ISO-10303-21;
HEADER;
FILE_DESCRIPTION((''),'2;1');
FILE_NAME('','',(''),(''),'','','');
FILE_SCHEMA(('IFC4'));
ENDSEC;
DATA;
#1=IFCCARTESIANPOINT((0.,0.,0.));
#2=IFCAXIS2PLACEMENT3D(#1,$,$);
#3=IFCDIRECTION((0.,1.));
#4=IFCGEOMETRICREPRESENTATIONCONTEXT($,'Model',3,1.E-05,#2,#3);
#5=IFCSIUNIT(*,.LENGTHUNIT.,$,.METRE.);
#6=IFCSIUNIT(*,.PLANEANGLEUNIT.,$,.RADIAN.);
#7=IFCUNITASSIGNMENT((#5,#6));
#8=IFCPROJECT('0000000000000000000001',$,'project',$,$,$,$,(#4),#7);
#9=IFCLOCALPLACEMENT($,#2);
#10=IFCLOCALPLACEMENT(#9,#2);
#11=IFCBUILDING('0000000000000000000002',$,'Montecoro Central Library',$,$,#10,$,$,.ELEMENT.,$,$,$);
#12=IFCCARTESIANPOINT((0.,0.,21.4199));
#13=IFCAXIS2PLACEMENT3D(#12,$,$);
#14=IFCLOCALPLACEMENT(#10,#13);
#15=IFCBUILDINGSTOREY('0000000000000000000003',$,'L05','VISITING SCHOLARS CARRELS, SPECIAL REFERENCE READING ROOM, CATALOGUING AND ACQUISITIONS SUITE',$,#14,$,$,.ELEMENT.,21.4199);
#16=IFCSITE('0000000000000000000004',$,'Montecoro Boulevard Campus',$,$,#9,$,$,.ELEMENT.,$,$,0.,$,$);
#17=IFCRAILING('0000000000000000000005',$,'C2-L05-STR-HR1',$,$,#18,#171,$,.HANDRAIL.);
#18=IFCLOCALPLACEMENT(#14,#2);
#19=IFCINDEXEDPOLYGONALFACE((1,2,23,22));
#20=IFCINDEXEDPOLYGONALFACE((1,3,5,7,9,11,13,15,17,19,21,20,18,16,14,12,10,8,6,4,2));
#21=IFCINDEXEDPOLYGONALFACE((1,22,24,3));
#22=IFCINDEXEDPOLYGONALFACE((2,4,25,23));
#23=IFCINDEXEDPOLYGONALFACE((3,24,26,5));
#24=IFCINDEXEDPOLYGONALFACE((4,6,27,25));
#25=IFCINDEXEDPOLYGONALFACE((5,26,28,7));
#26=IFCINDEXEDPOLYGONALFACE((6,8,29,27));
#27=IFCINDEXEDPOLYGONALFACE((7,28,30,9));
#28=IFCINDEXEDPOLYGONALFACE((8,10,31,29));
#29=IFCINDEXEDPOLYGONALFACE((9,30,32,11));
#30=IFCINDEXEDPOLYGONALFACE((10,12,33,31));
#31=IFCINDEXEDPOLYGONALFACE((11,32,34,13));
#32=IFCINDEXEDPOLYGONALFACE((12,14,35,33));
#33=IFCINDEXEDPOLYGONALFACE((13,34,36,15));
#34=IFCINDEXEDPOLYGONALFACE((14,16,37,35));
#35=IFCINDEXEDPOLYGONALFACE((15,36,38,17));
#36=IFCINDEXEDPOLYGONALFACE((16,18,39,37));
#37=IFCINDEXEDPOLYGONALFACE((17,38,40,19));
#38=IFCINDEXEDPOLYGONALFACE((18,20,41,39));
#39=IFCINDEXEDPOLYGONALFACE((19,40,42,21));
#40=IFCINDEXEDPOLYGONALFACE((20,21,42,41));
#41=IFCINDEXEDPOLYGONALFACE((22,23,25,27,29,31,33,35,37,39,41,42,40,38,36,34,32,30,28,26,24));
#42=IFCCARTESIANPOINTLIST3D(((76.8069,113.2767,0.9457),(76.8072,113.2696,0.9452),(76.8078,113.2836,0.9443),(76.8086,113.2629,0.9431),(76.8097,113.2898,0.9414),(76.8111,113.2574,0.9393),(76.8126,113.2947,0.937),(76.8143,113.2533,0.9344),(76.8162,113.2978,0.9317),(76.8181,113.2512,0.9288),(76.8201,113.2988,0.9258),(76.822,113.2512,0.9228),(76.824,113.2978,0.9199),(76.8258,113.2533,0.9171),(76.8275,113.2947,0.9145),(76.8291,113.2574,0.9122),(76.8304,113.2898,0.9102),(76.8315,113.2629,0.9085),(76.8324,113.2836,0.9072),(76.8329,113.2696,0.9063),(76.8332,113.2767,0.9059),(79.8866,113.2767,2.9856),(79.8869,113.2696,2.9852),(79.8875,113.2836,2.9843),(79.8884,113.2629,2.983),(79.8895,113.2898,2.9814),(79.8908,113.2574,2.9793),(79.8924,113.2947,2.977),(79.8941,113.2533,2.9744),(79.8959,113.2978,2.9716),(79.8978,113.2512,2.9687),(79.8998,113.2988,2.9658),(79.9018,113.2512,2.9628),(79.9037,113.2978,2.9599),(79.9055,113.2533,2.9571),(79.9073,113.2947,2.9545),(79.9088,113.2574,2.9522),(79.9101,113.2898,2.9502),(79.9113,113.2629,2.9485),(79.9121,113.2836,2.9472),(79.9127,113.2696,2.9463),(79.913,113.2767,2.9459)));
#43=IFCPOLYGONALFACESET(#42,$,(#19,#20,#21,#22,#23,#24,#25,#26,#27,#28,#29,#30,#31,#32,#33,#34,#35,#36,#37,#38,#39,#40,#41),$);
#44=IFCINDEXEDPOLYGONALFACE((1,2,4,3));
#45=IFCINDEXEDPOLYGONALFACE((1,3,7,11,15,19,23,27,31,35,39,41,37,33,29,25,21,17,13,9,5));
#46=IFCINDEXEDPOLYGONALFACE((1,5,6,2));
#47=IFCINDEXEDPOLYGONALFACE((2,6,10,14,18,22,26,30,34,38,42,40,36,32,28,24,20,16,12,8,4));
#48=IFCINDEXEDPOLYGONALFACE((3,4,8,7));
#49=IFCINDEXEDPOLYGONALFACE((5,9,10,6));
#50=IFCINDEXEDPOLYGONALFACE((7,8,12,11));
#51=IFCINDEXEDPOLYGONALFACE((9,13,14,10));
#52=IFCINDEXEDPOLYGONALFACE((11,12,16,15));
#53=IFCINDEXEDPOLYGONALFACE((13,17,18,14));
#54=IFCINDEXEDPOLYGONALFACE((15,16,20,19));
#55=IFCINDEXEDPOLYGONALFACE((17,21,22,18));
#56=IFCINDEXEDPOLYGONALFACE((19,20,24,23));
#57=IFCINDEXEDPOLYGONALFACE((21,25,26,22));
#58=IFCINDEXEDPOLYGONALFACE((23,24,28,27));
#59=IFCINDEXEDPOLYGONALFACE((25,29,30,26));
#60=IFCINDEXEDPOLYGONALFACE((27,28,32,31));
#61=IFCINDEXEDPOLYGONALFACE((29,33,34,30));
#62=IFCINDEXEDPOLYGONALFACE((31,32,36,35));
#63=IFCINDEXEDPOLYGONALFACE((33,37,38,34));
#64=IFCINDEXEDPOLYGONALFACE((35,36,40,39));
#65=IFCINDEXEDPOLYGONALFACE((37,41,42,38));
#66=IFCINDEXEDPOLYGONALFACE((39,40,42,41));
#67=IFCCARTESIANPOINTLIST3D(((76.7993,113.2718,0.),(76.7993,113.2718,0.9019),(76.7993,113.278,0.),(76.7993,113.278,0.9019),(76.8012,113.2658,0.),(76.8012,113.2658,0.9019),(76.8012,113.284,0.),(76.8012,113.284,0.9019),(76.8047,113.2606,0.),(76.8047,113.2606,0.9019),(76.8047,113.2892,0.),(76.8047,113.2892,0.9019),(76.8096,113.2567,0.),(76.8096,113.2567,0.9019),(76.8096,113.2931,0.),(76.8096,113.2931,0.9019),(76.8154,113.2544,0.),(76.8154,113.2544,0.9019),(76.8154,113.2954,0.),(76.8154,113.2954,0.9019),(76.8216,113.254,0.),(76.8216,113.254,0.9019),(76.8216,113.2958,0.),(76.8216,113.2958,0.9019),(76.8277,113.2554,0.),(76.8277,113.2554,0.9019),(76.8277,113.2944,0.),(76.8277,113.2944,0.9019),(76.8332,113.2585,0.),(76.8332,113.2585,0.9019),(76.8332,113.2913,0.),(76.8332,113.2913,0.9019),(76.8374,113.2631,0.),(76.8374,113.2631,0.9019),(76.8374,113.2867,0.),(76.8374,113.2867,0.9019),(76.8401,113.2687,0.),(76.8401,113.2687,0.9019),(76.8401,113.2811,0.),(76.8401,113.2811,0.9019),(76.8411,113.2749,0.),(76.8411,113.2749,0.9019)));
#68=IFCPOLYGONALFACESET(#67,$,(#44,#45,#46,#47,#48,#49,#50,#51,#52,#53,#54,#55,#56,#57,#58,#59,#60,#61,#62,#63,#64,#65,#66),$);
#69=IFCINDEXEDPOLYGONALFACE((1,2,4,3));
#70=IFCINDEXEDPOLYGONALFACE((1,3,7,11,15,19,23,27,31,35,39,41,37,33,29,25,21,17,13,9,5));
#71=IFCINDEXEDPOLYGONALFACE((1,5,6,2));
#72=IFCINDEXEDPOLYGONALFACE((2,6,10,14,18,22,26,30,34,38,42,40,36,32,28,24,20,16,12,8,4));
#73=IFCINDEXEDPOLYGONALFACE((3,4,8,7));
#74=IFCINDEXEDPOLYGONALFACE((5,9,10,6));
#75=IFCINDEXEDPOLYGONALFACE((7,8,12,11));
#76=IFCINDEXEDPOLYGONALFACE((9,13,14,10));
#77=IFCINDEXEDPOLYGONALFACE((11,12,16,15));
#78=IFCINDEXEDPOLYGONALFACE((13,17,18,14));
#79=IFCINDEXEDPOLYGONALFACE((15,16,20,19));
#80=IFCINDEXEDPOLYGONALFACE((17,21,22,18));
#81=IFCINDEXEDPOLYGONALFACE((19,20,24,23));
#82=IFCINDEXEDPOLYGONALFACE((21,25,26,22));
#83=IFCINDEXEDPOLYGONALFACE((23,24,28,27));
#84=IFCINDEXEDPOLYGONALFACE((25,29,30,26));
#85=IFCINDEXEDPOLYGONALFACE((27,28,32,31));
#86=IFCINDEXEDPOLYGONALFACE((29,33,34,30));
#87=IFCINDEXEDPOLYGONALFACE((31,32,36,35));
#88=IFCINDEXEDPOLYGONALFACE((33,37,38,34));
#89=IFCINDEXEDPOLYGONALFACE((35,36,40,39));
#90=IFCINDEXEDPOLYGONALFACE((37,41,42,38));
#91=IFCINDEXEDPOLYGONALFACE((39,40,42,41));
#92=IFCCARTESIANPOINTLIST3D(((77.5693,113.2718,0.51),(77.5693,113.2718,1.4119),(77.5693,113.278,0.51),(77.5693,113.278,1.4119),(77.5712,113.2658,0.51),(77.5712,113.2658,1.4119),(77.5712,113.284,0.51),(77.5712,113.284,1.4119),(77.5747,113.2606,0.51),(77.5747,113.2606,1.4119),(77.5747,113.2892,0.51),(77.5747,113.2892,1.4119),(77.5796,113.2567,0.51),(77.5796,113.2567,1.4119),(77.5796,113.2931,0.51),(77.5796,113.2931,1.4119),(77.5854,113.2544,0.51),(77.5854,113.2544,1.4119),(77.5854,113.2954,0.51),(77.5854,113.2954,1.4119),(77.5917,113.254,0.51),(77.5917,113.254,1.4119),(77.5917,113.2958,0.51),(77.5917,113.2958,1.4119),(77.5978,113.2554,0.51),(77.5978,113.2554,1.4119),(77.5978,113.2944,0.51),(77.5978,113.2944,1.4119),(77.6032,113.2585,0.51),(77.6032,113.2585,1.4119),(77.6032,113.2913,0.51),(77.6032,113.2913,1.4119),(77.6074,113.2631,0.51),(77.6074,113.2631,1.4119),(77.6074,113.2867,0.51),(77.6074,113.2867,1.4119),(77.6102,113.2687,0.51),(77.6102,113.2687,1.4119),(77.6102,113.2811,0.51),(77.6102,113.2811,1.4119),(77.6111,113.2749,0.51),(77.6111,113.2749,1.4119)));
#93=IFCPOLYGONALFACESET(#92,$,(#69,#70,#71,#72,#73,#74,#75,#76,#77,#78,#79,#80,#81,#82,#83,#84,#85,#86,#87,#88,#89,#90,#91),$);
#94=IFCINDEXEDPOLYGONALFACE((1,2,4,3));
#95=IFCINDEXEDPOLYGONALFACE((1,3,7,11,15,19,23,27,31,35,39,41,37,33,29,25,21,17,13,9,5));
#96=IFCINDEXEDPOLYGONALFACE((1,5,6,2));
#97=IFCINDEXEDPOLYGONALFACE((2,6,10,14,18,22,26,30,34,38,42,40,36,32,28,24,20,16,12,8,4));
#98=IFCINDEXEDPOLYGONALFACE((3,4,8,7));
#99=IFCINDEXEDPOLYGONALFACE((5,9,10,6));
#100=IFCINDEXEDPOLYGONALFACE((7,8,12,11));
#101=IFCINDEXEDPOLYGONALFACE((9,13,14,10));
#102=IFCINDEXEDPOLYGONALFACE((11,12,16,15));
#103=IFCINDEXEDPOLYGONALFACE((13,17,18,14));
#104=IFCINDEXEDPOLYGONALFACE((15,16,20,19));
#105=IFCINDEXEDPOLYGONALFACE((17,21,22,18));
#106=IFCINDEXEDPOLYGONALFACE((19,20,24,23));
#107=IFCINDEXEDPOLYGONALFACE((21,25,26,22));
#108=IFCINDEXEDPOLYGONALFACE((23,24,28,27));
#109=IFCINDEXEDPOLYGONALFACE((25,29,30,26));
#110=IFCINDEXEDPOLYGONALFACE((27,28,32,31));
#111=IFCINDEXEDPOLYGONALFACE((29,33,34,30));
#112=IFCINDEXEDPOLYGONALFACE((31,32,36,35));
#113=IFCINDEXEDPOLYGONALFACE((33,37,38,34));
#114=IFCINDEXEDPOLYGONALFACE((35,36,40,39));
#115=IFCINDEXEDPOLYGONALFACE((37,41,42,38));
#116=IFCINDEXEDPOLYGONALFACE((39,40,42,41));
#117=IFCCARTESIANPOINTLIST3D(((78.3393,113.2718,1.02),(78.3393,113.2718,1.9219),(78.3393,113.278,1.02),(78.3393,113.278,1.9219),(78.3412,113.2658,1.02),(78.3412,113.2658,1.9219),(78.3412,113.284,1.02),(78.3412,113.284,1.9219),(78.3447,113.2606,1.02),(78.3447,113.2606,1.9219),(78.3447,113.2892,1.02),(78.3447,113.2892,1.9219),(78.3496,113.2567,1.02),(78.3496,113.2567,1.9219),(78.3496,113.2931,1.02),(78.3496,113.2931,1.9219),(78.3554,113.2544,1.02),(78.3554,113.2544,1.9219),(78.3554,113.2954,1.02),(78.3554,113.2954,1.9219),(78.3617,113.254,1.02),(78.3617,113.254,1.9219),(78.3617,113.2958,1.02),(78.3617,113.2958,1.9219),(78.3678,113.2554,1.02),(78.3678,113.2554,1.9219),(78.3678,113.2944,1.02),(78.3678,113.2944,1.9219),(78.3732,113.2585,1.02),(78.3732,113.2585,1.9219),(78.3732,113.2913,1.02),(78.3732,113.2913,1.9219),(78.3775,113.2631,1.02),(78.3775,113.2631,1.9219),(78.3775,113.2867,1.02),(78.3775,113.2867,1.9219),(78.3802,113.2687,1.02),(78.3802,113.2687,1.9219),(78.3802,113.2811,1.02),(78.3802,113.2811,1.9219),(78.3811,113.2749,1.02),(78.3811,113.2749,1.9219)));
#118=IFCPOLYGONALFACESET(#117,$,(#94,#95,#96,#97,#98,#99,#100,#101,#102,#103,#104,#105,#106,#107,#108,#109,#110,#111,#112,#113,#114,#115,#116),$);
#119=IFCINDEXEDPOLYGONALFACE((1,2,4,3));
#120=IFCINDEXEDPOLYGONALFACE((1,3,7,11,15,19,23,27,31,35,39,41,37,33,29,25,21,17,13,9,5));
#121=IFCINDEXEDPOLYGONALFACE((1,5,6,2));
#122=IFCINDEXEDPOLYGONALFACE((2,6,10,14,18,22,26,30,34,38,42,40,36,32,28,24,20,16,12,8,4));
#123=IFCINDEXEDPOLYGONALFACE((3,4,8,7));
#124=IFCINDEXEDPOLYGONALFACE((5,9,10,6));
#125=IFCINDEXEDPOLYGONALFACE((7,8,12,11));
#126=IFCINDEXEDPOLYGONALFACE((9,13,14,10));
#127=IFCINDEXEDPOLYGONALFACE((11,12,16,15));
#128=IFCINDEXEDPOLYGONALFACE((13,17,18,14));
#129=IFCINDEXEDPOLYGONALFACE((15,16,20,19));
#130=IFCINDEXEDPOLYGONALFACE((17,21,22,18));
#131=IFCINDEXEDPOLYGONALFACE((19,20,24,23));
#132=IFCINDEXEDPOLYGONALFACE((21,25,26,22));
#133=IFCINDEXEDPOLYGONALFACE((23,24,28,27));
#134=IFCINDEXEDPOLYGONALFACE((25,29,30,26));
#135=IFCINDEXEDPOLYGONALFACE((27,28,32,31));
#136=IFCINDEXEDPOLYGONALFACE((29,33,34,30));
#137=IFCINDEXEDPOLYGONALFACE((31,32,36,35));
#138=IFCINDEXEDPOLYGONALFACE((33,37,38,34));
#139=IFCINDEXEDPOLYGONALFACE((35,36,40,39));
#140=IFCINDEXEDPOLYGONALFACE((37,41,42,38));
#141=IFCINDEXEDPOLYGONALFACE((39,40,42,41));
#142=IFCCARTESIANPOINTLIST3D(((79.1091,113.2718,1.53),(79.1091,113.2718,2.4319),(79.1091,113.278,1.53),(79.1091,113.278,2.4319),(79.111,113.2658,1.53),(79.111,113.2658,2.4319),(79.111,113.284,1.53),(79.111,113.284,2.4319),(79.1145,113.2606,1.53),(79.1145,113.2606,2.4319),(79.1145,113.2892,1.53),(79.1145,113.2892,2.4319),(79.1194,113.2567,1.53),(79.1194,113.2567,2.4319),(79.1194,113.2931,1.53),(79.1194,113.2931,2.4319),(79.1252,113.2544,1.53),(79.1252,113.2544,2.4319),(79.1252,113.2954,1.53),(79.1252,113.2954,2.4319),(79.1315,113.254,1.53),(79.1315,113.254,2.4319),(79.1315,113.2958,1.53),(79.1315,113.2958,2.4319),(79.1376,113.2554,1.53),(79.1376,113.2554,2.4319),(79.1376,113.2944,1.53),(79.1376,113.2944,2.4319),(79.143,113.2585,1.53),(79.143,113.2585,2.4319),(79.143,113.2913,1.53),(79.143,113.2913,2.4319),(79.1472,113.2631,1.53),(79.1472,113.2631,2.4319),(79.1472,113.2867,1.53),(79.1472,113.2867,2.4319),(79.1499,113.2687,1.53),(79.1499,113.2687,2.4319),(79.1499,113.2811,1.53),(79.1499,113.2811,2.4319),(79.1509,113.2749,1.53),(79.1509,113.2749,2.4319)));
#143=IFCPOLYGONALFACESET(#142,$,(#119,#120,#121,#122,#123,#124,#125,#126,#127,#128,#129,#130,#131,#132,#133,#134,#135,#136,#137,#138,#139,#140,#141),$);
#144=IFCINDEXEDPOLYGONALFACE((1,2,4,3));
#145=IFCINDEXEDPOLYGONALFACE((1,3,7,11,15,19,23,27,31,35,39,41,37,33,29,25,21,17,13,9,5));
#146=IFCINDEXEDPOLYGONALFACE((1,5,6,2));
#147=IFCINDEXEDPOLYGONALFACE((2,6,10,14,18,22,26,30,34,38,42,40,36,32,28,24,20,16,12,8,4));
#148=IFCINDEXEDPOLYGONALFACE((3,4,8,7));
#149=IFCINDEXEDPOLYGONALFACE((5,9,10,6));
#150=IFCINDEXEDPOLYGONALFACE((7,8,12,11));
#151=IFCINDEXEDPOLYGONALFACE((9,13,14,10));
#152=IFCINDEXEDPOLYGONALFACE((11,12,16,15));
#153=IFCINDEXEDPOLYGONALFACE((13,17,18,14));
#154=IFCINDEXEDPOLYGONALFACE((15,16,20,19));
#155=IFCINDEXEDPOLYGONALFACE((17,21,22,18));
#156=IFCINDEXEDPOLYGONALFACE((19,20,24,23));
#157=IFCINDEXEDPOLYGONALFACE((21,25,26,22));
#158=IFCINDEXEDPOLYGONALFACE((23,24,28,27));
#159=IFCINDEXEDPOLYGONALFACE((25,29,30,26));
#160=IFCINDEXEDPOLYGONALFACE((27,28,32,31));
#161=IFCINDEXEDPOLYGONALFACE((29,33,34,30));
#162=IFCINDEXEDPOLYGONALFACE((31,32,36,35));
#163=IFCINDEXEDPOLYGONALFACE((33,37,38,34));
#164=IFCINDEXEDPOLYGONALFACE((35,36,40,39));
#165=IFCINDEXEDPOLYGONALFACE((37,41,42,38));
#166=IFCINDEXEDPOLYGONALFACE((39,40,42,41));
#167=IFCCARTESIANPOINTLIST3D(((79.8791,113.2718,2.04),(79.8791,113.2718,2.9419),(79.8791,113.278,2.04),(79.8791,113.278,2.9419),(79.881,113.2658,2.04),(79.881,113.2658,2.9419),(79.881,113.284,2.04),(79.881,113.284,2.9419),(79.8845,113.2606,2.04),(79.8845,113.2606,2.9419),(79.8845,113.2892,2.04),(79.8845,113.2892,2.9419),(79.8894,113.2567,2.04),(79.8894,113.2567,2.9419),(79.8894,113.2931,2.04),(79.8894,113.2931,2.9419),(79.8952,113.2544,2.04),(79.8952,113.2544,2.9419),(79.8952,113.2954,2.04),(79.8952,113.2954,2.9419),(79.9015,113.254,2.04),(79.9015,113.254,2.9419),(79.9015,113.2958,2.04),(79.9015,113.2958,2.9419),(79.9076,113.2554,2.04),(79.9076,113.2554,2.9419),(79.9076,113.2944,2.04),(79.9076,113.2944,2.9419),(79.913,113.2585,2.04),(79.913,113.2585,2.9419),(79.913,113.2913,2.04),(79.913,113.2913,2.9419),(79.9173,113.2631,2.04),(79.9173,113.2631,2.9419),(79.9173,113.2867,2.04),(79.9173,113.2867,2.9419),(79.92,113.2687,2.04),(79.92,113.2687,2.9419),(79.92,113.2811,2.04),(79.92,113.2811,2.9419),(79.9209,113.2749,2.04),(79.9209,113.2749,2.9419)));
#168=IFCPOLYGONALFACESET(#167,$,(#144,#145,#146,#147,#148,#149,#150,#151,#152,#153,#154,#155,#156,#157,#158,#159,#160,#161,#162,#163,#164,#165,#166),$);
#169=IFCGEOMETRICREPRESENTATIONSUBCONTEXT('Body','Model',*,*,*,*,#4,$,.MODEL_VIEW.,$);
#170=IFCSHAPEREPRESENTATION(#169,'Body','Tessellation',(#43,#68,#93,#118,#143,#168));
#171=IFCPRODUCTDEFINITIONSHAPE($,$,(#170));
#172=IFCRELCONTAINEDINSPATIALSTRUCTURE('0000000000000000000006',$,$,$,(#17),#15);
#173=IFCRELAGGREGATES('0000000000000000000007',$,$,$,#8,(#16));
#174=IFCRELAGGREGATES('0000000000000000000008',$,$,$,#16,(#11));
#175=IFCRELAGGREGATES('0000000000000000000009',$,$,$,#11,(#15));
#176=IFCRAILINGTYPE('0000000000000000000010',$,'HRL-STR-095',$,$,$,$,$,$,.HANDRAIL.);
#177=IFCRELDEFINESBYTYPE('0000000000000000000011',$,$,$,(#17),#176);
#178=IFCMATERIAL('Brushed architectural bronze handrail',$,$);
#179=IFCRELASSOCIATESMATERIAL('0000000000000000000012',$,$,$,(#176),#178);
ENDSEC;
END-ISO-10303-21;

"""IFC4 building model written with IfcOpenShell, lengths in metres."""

from ifc_helpers import new_model, si_unit, direction, frame, origin, origin_2d, place, context, subcontext, project, spatial, circle, extrude, material, type_object, element, save


model = new_model("IFC4")

# Units and contexts
model_context = context("Model", 3, precision=1e-05, world=origin(), true_north=direction((0.0, 1.0)))
body_context = subcontext(model_context, "Body", "Model", "MODEL_VIEW")
ifc_project = project(units=[si_unit("LENGTHUNIT", "METRE"), si_unit("PLANEANGLEUNIT", "RADIAN")], contexts=[model_context])

# Site, building, storey
site_placement = place(None, origin())
site = spatial("IfcSite", under=ifc_project, at=site_placement, Name="Montecoro Boulevard Campus", CompositionType="ELEMENT", RefElevation=0.0)
building_placement = place(site_placement, origin())
building = spatial("IfcBuilding", under=site, at=building_placement, Name="Montecoro Central Library", CompositionType="ELEMENT")
storey_placement = place(building_placement, frame((0.0, 0.0, 21.4199)))
storey = spatial("IfcBuildingStorey", under=building, at=storey_placement, Name="L05", Description="VISITING SCHOLARS CARRELS, SPECIAL REFERENCE READING ROOM, CATALOGUING AND ACQUISITIONS SUITE", CompositionType="ELEMENT", Elevation=21.4199)

# Railing
ifc_material_1 = material(Name="Brushed architectural bronze handrail")
railing_type = type_object("IfcRailingType", Name="HRL-STR-095", PredefinedType="HANDRAIL", material=ifc_material_1)
railing_placement = place(storey_placement, frame((76.8201, 113.2749, 0.0)))
element("IfcRailing", 1, at=railing_placement, inside=storey, type_object=railing_type, Name="C2-L05-STR-HR1", PredefinedType="HANDRAIL", context=body_context, shape_type="SweptSolid", body=[
    extrude(circle(Radius=0.0239, at=origin_2d()), frame((0.0, 0.0, 0.9258), z_axis=(0.833694, 0.0, 0.552227), x_axis=(0.0, 1.0, 0.0)), (0.0, 0.0, 1.0), 3.6941),
    extrude(circle(Radius=0.021, at=origin_2d()), origin(), (0.0, 0.0, 1.0), 0.9019),
    extrude(circle(Radius=0.021, at=origin_2d()), frame((0.77, 0.0, 0.51)), (0.0, 0.0, 1.0), 0.9019),
    extrude(circle(Radius=0.021, at=origin_2d()), frame((1.54, 0.0, 1.02)), (0.0, 0.0, 1.0), 0.9019),
    extrude(circle(Radius=0.021, at=origin_2d()), frame((2.3098, 0.0, 1.53)), (0.0, 0.0, 1.0), 0.9019),
    extrude(circle(Radius=0.021, at=origin_2d()), frame((3.0798, 0.0, 2.04)), (0.0, 0.0, 1.0), 0.9019),
])

save(model, "model.ifc")
